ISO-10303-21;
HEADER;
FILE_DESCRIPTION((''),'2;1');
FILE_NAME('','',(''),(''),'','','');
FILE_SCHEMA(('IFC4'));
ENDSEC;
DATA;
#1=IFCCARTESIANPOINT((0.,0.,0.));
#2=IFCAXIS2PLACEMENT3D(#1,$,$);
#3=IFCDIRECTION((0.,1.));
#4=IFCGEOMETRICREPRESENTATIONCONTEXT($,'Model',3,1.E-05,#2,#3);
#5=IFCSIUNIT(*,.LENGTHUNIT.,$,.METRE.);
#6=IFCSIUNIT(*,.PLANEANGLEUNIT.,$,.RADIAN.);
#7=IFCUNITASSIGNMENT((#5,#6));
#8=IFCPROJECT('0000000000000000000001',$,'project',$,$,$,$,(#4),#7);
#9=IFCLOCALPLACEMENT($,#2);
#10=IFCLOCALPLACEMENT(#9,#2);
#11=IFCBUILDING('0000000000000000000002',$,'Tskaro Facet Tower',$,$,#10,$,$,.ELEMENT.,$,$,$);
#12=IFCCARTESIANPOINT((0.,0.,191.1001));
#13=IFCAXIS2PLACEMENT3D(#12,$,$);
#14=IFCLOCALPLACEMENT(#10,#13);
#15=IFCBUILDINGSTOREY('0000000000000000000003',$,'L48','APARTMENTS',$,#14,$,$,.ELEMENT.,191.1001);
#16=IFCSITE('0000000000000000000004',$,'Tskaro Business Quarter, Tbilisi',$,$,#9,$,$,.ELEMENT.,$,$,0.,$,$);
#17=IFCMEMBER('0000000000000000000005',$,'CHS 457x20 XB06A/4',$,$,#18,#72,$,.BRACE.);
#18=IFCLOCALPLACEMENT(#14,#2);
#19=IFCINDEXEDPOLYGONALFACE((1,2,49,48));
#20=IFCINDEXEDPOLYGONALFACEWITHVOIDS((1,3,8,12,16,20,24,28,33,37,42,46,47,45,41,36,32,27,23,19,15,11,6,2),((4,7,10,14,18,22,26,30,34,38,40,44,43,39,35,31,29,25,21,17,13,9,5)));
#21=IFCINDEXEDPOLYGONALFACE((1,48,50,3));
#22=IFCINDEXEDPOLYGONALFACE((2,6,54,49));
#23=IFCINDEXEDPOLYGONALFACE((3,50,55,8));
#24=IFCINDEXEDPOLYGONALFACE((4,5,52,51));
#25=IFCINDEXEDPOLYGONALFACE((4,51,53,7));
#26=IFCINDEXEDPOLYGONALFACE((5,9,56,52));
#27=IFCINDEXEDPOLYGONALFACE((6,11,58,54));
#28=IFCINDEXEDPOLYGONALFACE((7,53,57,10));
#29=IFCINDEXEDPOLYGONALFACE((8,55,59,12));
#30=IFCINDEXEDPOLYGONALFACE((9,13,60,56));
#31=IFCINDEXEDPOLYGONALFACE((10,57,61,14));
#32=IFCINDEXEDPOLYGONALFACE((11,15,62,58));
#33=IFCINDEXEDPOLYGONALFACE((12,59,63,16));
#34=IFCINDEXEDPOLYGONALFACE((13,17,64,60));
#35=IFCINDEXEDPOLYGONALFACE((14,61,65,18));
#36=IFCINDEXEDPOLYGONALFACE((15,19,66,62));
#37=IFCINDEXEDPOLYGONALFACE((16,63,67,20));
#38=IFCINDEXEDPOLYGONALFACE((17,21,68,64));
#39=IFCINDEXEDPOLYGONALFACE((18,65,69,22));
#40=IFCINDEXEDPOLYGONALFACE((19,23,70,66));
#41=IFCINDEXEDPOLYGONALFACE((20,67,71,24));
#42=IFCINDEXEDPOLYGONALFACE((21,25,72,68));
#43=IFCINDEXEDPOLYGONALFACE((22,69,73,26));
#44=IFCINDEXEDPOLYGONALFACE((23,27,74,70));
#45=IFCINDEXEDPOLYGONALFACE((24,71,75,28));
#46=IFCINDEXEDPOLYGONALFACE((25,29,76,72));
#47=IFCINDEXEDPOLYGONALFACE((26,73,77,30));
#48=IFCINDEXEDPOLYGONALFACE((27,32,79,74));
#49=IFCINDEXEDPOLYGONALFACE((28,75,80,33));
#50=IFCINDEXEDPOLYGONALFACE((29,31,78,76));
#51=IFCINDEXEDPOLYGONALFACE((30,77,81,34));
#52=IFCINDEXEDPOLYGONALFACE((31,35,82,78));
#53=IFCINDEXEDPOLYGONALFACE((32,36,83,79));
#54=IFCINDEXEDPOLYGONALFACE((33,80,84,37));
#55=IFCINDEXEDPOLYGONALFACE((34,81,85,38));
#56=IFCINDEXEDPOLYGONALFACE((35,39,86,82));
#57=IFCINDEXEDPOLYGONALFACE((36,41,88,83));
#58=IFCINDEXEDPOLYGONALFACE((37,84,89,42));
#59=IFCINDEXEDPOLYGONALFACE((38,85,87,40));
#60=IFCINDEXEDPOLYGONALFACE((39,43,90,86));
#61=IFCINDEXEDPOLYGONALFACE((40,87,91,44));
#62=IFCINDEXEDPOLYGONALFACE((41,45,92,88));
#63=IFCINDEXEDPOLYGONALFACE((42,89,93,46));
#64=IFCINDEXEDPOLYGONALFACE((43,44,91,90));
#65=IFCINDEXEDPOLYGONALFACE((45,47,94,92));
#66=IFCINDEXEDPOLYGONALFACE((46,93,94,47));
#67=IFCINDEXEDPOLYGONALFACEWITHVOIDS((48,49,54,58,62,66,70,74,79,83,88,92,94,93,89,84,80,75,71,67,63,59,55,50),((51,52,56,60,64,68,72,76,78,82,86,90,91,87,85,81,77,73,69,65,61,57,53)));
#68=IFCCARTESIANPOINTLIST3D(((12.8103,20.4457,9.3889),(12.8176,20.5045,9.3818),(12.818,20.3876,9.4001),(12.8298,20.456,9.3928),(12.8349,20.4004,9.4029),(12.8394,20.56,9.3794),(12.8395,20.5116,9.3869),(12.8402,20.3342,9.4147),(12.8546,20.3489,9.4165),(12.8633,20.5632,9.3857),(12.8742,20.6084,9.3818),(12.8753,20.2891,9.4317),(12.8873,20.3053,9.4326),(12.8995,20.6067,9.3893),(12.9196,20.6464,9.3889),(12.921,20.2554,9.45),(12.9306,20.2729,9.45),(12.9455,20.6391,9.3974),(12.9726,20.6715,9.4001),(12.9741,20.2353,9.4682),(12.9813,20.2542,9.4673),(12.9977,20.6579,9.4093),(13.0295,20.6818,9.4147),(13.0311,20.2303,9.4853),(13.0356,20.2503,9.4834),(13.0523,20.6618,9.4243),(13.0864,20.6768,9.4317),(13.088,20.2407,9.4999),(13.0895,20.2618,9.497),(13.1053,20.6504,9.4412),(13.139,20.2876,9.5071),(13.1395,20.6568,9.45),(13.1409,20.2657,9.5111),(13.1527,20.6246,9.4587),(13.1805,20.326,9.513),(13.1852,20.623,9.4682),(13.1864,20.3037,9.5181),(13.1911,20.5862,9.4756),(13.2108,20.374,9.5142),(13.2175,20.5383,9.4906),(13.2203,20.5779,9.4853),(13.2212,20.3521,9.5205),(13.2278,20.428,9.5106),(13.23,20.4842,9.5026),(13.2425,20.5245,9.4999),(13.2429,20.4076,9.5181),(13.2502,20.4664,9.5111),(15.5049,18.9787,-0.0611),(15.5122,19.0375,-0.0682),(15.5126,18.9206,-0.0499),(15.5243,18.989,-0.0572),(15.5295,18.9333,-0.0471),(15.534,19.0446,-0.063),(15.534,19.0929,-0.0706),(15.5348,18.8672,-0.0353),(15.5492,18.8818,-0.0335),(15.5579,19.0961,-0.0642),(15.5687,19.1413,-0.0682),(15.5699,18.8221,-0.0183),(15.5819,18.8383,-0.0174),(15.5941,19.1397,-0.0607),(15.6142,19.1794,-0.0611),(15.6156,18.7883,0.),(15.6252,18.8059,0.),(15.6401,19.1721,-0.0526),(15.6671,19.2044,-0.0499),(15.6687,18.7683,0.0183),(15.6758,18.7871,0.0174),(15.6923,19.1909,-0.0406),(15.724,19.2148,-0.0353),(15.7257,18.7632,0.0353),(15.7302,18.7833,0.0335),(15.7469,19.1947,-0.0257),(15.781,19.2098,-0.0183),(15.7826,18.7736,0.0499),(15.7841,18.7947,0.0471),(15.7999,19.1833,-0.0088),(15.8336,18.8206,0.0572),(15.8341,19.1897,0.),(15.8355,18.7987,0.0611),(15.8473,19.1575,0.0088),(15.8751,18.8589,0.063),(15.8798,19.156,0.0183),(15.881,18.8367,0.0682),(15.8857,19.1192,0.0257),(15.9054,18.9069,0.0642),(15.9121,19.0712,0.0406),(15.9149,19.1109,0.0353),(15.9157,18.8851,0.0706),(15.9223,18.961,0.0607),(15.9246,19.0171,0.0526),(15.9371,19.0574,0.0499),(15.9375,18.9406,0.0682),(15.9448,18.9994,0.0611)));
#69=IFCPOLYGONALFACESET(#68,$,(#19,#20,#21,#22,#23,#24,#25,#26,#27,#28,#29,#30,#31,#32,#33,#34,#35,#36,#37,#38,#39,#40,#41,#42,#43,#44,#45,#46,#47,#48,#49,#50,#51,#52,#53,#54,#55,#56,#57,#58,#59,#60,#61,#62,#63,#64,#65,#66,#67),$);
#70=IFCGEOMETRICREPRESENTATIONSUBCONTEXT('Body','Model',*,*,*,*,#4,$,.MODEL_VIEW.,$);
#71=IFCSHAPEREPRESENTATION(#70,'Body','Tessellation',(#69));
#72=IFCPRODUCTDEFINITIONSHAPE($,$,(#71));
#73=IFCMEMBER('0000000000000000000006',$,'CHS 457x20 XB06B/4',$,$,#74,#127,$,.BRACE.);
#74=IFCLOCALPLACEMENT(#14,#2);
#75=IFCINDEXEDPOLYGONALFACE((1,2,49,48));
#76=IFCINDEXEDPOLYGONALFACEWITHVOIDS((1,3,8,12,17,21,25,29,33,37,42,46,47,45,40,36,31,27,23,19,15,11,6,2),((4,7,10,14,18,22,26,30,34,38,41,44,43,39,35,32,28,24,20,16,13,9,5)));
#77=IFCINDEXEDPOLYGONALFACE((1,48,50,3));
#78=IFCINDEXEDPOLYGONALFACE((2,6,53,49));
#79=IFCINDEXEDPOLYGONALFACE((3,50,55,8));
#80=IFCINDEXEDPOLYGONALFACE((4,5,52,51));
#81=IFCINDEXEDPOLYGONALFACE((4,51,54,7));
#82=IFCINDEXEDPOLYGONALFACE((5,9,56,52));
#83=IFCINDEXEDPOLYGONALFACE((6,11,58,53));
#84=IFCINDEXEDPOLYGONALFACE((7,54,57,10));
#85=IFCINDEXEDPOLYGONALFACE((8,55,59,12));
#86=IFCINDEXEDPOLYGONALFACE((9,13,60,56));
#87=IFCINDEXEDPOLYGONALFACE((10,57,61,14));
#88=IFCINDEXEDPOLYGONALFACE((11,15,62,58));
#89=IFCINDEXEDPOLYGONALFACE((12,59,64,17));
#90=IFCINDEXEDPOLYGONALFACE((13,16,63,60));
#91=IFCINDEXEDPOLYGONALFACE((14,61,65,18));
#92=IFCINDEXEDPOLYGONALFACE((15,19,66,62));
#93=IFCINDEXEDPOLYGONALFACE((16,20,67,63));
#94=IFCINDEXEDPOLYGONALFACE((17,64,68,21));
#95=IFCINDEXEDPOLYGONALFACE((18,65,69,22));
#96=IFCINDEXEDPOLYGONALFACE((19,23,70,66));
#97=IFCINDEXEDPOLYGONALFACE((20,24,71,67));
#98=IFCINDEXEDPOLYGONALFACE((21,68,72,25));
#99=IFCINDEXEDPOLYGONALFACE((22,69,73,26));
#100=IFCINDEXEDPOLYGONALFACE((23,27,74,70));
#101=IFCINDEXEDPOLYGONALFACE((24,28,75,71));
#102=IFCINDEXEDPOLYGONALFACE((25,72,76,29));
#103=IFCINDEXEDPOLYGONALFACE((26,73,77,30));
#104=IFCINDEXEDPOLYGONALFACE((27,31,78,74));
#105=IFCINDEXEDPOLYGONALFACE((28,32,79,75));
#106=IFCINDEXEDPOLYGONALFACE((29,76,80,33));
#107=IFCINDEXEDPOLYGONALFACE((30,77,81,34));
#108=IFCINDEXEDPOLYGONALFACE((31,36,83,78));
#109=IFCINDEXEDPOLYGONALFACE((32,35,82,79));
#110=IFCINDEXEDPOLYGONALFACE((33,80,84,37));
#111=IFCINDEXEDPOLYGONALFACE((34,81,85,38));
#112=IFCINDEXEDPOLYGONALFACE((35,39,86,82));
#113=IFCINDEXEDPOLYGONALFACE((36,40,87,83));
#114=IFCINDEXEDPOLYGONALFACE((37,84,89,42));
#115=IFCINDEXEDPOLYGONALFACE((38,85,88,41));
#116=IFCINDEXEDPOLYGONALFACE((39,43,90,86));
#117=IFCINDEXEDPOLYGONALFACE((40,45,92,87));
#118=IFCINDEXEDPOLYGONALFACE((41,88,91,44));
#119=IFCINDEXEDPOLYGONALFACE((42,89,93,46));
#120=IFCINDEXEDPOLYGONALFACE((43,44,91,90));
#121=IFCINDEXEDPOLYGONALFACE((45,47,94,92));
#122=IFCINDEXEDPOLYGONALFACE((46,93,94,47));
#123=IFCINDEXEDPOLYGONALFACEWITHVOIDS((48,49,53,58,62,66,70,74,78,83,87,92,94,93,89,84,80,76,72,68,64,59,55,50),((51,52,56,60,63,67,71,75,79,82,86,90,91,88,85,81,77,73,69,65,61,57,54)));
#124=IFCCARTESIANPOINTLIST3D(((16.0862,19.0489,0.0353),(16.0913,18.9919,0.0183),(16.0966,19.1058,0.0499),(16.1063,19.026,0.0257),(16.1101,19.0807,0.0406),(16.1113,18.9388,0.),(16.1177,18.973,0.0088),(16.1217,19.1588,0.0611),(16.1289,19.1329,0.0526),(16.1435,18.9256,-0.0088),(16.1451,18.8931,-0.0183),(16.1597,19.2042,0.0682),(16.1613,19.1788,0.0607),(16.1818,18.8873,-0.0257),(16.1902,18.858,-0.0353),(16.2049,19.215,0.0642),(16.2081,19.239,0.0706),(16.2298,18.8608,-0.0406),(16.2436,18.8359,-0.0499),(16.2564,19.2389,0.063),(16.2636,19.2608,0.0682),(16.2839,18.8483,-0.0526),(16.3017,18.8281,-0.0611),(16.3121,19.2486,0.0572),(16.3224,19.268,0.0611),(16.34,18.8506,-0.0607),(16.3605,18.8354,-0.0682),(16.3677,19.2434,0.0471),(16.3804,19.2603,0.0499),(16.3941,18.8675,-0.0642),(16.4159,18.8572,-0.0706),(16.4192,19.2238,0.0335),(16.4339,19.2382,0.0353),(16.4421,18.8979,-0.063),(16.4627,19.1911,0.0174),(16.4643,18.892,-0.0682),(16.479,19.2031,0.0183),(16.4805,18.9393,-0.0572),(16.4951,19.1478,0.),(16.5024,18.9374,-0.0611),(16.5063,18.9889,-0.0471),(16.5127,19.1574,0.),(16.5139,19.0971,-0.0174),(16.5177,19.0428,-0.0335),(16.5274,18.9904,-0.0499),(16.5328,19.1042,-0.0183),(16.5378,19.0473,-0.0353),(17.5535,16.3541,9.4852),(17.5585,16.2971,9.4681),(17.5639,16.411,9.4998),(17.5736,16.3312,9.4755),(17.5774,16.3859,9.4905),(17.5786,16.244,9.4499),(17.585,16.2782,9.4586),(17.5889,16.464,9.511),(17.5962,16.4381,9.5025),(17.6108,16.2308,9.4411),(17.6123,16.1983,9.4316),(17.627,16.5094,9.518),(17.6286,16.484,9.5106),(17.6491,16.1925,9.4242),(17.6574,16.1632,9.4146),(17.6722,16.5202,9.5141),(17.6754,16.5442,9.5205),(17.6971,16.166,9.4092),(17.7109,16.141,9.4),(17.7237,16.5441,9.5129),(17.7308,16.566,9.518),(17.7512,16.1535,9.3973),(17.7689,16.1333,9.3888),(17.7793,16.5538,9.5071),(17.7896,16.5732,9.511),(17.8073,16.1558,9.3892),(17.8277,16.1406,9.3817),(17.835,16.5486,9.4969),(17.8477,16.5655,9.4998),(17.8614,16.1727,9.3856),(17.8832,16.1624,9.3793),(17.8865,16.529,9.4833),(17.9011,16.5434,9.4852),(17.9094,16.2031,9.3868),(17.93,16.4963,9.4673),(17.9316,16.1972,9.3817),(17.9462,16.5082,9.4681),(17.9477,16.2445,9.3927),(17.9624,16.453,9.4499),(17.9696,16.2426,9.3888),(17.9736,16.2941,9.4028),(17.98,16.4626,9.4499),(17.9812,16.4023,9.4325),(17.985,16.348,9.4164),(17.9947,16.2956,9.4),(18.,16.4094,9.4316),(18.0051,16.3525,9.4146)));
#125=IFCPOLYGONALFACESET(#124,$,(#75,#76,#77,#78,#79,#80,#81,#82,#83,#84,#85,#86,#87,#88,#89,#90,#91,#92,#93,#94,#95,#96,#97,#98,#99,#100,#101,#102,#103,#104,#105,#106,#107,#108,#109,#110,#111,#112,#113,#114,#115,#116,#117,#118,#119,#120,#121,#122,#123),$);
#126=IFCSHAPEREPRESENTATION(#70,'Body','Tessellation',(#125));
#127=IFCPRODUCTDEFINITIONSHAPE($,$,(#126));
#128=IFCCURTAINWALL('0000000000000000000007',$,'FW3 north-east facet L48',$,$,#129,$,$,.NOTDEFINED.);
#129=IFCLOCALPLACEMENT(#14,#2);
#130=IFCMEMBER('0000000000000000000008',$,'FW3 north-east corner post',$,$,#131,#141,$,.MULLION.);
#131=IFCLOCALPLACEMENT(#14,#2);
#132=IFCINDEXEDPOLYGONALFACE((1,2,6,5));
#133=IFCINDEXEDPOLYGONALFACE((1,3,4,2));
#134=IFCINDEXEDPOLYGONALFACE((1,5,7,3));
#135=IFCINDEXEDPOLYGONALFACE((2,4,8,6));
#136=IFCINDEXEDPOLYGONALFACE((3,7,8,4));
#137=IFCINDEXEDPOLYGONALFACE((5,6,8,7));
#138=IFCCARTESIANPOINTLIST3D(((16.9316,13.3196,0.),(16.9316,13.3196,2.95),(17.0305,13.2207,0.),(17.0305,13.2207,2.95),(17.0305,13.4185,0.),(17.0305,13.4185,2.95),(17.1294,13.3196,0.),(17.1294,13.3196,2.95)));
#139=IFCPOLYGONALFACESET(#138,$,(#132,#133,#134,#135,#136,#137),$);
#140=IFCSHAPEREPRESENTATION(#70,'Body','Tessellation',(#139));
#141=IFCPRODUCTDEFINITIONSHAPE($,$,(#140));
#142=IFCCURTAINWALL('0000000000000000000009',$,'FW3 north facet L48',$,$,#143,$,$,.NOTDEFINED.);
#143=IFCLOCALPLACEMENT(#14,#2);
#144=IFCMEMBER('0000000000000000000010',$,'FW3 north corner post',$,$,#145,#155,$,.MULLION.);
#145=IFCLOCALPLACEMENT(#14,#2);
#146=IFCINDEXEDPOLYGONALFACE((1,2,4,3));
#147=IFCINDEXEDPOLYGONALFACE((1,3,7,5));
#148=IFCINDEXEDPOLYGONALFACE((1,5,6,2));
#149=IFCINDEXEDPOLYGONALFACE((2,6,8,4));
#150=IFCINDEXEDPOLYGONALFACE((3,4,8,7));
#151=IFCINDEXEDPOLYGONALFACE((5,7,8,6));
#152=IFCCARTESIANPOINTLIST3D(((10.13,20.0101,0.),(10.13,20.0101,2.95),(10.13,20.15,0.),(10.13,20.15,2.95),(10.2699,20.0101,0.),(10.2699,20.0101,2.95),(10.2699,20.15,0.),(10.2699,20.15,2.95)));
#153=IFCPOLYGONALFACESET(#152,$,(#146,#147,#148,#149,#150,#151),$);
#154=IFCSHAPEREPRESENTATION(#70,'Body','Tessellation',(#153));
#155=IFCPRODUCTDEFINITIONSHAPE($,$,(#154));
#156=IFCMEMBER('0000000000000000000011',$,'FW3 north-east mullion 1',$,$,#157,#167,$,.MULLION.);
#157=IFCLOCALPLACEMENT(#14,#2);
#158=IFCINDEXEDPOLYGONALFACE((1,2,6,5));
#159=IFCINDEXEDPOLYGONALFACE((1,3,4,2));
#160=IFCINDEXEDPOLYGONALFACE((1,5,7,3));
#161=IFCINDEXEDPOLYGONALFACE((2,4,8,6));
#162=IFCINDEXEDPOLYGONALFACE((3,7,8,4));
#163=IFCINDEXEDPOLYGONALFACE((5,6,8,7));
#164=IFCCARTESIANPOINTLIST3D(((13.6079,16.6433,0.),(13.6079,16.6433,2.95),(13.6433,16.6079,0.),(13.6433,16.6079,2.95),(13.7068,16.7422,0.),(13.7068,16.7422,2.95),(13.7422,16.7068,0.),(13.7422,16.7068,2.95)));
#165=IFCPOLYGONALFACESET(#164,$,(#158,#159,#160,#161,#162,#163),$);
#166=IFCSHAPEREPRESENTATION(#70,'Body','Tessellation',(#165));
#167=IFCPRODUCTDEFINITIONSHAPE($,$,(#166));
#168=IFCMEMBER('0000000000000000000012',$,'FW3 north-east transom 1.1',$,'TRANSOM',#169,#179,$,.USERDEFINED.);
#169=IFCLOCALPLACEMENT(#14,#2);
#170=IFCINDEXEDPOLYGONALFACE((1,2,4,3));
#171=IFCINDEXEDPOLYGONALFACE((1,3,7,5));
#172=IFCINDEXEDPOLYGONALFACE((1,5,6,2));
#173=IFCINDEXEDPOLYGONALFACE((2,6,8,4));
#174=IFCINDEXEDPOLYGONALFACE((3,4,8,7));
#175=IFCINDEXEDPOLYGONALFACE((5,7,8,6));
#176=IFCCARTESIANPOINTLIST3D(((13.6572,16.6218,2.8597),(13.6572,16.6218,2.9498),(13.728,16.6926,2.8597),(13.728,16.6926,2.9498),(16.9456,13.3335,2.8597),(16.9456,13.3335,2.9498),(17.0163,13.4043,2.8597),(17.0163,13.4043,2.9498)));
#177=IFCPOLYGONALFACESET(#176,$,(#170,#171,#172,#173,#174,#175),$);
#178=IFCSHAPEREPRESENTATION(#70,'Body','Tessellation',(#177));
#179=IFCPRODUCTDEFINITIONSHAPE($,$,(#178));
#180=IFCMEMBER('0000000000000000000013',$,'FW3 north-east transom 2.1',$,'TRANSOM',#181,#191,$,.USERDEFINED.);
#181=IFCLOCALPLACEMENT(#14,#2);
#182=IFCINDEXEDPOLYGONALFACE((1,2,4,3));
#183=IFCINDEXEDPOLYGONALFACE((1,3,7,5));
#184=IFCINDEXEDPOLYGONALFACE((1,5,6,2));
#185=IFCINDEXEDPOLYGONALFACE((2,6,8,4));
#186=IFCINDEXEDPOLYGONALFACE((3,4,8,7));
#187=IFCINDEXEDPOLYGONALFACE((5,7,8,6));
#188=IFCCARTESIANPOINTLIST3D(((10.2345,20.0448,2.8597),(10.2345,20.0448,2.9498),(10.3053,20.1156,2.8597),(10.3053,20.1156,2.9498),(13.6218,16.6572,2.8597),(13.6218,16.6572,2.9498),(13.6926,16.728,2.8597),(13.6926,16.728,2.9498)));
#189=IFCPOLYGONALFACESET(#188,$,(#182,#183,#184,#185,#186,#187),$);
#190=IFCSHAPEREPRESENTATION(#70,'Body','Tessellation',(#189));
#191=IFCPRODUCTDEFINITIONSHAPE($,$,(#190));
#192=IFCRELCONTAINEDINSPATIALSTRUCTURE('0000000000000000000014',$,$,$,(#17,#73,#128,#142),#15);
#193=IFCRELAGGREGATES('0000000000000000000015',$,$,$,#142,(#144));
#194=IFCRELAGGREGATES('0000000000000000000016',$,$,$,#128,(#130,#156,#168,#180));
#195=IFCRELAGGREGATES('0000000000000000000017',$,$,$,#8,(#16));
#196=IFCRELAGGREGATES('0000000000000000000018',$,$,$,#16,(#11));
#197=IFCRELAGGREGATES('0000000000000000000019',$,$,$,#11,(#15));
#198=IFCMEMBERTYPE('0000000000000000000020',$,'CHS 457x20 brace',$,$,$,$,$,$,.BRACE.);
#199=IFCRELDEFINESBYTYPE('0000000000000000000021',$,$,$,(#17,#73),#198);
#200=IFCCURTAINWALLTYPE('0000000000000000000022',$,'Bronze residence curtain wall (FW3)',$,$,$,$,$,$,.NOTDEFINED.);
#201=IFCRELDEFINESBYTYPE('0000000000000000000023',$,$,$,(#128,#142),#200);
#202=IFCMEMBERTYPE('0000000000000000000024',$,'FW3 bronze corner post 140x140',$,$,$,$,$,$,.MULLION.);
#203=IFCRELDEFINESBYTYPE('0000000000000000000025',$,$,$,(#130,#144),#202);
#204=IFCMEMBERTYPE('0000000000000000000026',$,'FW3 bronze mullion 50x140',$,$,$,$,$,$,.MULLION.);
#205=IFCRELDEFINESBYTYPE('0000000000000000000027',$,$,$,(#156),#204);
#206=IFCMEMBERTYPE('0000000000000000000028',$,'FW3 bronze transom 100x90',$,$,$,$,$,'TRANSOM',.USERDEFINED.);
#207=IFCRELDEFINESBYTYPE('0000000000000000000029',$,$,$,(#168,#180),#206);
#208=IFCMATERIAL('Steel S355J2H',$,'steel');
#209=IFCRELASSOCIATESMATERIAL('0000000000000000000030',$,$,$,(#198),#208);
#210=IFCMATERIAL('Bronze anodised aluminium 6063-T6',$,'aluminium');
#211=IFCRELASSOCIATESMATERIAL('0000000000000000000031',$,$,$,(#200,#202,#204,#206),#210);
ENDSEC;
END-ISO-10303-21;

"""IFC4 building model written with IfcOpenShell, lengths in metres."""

from ifc_helpers import new_model, si_unit, direction, frame, origin, origin_2d, place, context, subcontext, project, spatial, rectangle, hollow_circle, extrude, material, material_profile, profile_set, type_object, element, aggregate, save


model = new_model("IFC4")

# Units and contexts
model_context = context("Model", 3, precision=1e-05, world=origin(), true_north=direction((0.0, 1.0)))
body_context = subcontext(model_context, "Body", "Model", "MODEL_VIEW")
ifc_project = project(units=[si_unit("LENGTHUNIT", "METRE"), si_unit("PLANEANGLEUNIT", "RADIAN")], contexts=[model_context])

# Site, building, storey
site_placement = place(None, origin())
site = spatial("IfcSite", under=ifc_project, at=site_placement, Name="Tskaro Business Quarter, Tbilisi", CompositionType="ELEMENT", RefElevation=0.0)
building_placement = place(site_placement, origin())
building = spatial("IfcBuilding", under=site, at=building_placement, Name="Tskaro Facet Tower", CompositionType="ELEMENT")
storey_placement = place(building_placement, frame((0.0, 0.0, 191.1001)))
storey = spatial("IfcBuildingStorey", under=building, at=storey_placement, Name="L48", Description="APARTMENTS", CompositionType="ELEMENT", Elevation=191.1001)

# Shared definitions
ifc_material_1 = material(Name="Steel S355J2H", Category="steel")

# Members
ifc_material_profile_1 = material_profile(ifc_material_1, hollow_circle(Radius=0.2285, WallThickness=0.02, at=origin_2d()), Name="CHS 457x20")
ifc_profile_set_1 = profile_set([ifc_material_profile_1], Name="Steel S355J2H")
member_type_1 = type_object("IfcMemberType", Name="CHS 457x20 brace", PredefinedType="BRACE", material=ifc_profile_set_1)
for number, where, z_axis, x_axis, name in (
    (1, (15.7249, 18.989, 0.0), (-0.271207, 0.147656, 0.951128), (-0.478166, -0.878269, 0.0), "CHS 457x20 XB06A/4"),
    (2, (16.312, 19.0481, 0.0), (0.147679, -0.271229, 0.951118), (0.878254, 0.478194, 0.0), "CHS 457x20 XB06B/4"),
):
    element("IfcMember", number, at=place(storey_placement, frame(where, z_axis=z_axis, x_axis=x_axis)), inside=storey, type_object=member_type_1, Name=name, PredefinedType="BRACE", context=body_context, shape_type="SweptSolid", body=[
        extrude(hollow_circle(Radius=0.2285, WallThickness=0.02, at=origin_2d()), origin(), (0.0, 0.0, 1.0), 9.9355),
    ])

# Curtain walls, members
ifc_material_2 = material(Name="Bronze anodised aluminium 6063-T6", Category="aluminium")
curtain_wall_type = type_object("IfcCurtainWallType", Name="Bronze residence curtain wall (FW3)", PredefinedType="NOTDEFINED", material=ifc_material_2)
curtain_wall_1_placement = place(storey_placement, origin())
curtain_wall_1 = element("IfcCurtainWall", 3, at=curtain_wall_1_placement, inside=storey, type_object=curtain_wall_type, Name="FW3 north-east facet L48", PredefinedType="NOTDEFINED")
ifc_material_profile_2 = material_profile(ifc_material_2, rectangle(XDim=0.1399, YDim=0.1399, at=origin_2d()), Name="Corner post 140x140")
ifc_profile_set_2 = profile_set([ifc_material_profile_2], Name="Bronze anodised aluminium 6063-T6")
member_type_2 = type_object("IfcMemberType", Name="FW3 bronze corner post 140x140", PredefinedType="MULLION", material=ifc_profile_set_2)
member_1_placement = place(storey_placement, frame((17.0305, 13.3196, 0.0), z_axis=(0.0, 0.0, 1.0), x_axis=(-0.707107, 0.707107, 0.0)))
member_1 = element("IfcMember", 4, at=member_1_placement, type_object=member_type_2, Name="FW3 north-east corner post", PredefinedType="MULLION", context=body_context, shape_type="SweptSolid", body=[
    extrude(rectangle(XDim=0.1399, YDim=0.1399, at=origin_2d()), origin(), (0.0, 0.0, 1.0), 2.95),
])
curtain_wall_2_placement = place(storey_placement, origin())
curtain_wall_2 = element("IfcCurtainWall", 5, at=curtain_wall_2_placement, inside=storey, type_object=curtain_wall_type, Name="FW3 north facet L48", PredefinedType="NOTDEFINED")
member_2_placement = place(storey_placement, frame((10.2, 20.0801, 0.0), z_axis=(0.0, 0.0, 1.0), x_axis=(-1.0, 0.0, 0.0)))
member_2 = element("IfcMember", 6, at=member_2_placement, type_object=member_type_2, Name="FW3 north corner post", PredefinedType="MULLION", context=body_context, shape_type="SweptSolid", body=[
    extrude(rectangle(XDim=0.1399, YDim=0.1399, at=origin_2d()), origin(), (0.0, 0.0, 1.0), 2.95),
])

# Members
ifc_material_profile_3 = material_profile(ifc_material_2, rectangle(XDim=0.05, YDim=0.1399, at=origin_2d()), Name="Mullion 50x140")
ifc_profile_set_3 = profile_set([ifc_material_profile_3], Name="Bronze anodised aluminium 6063-T6")
member_type_3 = type_object("IfcMemberType", Name="FW3 bronze mullion 50x140", PredefinedType="MULLION", material=ifc_profile_set_3)
member_3_placement = place(storey_placement, frame((13.675, 16.675, 0.0), z_axis=(0.0, 0.0, 1.0), x_axis=(-0.707107, 0.707107, 0.0)))
member_3 = element("IfcMember", 7, at=member_3_placement, type_object=member_type_3, Name="FW3 north-east mullion 1", PredefinedType="MULLION", context=body_context, shape_type="SweptSolid", body=[
    extrude(rectangle(XDim=0.05, YDim=0.1399, at=origin_2d()), origin(), (0.0, 0.0, 1.0), 2.95),
])
ifc_material_profile_4 = material_profile(ifc_material_2, rectangle(XDim=0.1001, YDim=0.0901, at=origin_2d()), Name="Transom 100x90")
ifc_profile_set_4 = profile_set([ifc_material_profile_4], Name="Bronze anodised aluminium 6063-T6")
member_type_4 = type_object("IfcMemberType", Name="FW3 bronze transom 100x90", ElementType="TRANSOM", PredefinedType="USERDEFINED", material=ifc_profile_set_4)
member_4_placement = place(storey_placement, frame((16.981, 13.3689, 2.9048), z_axis=(-0.707107, 0.707107, 0.0), x_axis=(-0.707107, -0.707107, 0.0)))
member_4 = element("IfcMember", 8, at=member_4_placement, type_object=member_type_4, Name="FW3 north-east transom 1.1", ObjectType="TRANSOM", PredefinedType="USERDEFINED", context=body_context, shape_type="SweptSolid", body=[
    extrude(rectangle(XDim=0.1001, YDim=0.0901, at=origin_2d()), origin(), (0.0, 0.0, 1.0), 4.6504),
])
member_5_placement = place(storey_placement, frame((13.6572, 16.6926, 2.9048), z_axis=(-0.707081, 0.707132, 0.0), x_axis=(-0.707132, -0.707081, 0.0)))
member_5 = element("IfcMember", 9, at=member_5_placement, type_object=member_type_4, Name="FW3 north-east transom 2.1", ObjectType="TRANSOM", PredefinedType="USERDEFINED", context=body_context, shape_type="SweptSolid", body=[
    extrude(rectangle(XDim=0.1001, YDim=0.0901, at=origin_2d()), origin(), (0.0, 0.0, 1.0), 4.7905),
])
aggregate(curtain_wall_2, [member_2])

aggregate(curtain_wall_1, [member_1, member_3, member_4, member_5])

save(model, "model.ifc")
